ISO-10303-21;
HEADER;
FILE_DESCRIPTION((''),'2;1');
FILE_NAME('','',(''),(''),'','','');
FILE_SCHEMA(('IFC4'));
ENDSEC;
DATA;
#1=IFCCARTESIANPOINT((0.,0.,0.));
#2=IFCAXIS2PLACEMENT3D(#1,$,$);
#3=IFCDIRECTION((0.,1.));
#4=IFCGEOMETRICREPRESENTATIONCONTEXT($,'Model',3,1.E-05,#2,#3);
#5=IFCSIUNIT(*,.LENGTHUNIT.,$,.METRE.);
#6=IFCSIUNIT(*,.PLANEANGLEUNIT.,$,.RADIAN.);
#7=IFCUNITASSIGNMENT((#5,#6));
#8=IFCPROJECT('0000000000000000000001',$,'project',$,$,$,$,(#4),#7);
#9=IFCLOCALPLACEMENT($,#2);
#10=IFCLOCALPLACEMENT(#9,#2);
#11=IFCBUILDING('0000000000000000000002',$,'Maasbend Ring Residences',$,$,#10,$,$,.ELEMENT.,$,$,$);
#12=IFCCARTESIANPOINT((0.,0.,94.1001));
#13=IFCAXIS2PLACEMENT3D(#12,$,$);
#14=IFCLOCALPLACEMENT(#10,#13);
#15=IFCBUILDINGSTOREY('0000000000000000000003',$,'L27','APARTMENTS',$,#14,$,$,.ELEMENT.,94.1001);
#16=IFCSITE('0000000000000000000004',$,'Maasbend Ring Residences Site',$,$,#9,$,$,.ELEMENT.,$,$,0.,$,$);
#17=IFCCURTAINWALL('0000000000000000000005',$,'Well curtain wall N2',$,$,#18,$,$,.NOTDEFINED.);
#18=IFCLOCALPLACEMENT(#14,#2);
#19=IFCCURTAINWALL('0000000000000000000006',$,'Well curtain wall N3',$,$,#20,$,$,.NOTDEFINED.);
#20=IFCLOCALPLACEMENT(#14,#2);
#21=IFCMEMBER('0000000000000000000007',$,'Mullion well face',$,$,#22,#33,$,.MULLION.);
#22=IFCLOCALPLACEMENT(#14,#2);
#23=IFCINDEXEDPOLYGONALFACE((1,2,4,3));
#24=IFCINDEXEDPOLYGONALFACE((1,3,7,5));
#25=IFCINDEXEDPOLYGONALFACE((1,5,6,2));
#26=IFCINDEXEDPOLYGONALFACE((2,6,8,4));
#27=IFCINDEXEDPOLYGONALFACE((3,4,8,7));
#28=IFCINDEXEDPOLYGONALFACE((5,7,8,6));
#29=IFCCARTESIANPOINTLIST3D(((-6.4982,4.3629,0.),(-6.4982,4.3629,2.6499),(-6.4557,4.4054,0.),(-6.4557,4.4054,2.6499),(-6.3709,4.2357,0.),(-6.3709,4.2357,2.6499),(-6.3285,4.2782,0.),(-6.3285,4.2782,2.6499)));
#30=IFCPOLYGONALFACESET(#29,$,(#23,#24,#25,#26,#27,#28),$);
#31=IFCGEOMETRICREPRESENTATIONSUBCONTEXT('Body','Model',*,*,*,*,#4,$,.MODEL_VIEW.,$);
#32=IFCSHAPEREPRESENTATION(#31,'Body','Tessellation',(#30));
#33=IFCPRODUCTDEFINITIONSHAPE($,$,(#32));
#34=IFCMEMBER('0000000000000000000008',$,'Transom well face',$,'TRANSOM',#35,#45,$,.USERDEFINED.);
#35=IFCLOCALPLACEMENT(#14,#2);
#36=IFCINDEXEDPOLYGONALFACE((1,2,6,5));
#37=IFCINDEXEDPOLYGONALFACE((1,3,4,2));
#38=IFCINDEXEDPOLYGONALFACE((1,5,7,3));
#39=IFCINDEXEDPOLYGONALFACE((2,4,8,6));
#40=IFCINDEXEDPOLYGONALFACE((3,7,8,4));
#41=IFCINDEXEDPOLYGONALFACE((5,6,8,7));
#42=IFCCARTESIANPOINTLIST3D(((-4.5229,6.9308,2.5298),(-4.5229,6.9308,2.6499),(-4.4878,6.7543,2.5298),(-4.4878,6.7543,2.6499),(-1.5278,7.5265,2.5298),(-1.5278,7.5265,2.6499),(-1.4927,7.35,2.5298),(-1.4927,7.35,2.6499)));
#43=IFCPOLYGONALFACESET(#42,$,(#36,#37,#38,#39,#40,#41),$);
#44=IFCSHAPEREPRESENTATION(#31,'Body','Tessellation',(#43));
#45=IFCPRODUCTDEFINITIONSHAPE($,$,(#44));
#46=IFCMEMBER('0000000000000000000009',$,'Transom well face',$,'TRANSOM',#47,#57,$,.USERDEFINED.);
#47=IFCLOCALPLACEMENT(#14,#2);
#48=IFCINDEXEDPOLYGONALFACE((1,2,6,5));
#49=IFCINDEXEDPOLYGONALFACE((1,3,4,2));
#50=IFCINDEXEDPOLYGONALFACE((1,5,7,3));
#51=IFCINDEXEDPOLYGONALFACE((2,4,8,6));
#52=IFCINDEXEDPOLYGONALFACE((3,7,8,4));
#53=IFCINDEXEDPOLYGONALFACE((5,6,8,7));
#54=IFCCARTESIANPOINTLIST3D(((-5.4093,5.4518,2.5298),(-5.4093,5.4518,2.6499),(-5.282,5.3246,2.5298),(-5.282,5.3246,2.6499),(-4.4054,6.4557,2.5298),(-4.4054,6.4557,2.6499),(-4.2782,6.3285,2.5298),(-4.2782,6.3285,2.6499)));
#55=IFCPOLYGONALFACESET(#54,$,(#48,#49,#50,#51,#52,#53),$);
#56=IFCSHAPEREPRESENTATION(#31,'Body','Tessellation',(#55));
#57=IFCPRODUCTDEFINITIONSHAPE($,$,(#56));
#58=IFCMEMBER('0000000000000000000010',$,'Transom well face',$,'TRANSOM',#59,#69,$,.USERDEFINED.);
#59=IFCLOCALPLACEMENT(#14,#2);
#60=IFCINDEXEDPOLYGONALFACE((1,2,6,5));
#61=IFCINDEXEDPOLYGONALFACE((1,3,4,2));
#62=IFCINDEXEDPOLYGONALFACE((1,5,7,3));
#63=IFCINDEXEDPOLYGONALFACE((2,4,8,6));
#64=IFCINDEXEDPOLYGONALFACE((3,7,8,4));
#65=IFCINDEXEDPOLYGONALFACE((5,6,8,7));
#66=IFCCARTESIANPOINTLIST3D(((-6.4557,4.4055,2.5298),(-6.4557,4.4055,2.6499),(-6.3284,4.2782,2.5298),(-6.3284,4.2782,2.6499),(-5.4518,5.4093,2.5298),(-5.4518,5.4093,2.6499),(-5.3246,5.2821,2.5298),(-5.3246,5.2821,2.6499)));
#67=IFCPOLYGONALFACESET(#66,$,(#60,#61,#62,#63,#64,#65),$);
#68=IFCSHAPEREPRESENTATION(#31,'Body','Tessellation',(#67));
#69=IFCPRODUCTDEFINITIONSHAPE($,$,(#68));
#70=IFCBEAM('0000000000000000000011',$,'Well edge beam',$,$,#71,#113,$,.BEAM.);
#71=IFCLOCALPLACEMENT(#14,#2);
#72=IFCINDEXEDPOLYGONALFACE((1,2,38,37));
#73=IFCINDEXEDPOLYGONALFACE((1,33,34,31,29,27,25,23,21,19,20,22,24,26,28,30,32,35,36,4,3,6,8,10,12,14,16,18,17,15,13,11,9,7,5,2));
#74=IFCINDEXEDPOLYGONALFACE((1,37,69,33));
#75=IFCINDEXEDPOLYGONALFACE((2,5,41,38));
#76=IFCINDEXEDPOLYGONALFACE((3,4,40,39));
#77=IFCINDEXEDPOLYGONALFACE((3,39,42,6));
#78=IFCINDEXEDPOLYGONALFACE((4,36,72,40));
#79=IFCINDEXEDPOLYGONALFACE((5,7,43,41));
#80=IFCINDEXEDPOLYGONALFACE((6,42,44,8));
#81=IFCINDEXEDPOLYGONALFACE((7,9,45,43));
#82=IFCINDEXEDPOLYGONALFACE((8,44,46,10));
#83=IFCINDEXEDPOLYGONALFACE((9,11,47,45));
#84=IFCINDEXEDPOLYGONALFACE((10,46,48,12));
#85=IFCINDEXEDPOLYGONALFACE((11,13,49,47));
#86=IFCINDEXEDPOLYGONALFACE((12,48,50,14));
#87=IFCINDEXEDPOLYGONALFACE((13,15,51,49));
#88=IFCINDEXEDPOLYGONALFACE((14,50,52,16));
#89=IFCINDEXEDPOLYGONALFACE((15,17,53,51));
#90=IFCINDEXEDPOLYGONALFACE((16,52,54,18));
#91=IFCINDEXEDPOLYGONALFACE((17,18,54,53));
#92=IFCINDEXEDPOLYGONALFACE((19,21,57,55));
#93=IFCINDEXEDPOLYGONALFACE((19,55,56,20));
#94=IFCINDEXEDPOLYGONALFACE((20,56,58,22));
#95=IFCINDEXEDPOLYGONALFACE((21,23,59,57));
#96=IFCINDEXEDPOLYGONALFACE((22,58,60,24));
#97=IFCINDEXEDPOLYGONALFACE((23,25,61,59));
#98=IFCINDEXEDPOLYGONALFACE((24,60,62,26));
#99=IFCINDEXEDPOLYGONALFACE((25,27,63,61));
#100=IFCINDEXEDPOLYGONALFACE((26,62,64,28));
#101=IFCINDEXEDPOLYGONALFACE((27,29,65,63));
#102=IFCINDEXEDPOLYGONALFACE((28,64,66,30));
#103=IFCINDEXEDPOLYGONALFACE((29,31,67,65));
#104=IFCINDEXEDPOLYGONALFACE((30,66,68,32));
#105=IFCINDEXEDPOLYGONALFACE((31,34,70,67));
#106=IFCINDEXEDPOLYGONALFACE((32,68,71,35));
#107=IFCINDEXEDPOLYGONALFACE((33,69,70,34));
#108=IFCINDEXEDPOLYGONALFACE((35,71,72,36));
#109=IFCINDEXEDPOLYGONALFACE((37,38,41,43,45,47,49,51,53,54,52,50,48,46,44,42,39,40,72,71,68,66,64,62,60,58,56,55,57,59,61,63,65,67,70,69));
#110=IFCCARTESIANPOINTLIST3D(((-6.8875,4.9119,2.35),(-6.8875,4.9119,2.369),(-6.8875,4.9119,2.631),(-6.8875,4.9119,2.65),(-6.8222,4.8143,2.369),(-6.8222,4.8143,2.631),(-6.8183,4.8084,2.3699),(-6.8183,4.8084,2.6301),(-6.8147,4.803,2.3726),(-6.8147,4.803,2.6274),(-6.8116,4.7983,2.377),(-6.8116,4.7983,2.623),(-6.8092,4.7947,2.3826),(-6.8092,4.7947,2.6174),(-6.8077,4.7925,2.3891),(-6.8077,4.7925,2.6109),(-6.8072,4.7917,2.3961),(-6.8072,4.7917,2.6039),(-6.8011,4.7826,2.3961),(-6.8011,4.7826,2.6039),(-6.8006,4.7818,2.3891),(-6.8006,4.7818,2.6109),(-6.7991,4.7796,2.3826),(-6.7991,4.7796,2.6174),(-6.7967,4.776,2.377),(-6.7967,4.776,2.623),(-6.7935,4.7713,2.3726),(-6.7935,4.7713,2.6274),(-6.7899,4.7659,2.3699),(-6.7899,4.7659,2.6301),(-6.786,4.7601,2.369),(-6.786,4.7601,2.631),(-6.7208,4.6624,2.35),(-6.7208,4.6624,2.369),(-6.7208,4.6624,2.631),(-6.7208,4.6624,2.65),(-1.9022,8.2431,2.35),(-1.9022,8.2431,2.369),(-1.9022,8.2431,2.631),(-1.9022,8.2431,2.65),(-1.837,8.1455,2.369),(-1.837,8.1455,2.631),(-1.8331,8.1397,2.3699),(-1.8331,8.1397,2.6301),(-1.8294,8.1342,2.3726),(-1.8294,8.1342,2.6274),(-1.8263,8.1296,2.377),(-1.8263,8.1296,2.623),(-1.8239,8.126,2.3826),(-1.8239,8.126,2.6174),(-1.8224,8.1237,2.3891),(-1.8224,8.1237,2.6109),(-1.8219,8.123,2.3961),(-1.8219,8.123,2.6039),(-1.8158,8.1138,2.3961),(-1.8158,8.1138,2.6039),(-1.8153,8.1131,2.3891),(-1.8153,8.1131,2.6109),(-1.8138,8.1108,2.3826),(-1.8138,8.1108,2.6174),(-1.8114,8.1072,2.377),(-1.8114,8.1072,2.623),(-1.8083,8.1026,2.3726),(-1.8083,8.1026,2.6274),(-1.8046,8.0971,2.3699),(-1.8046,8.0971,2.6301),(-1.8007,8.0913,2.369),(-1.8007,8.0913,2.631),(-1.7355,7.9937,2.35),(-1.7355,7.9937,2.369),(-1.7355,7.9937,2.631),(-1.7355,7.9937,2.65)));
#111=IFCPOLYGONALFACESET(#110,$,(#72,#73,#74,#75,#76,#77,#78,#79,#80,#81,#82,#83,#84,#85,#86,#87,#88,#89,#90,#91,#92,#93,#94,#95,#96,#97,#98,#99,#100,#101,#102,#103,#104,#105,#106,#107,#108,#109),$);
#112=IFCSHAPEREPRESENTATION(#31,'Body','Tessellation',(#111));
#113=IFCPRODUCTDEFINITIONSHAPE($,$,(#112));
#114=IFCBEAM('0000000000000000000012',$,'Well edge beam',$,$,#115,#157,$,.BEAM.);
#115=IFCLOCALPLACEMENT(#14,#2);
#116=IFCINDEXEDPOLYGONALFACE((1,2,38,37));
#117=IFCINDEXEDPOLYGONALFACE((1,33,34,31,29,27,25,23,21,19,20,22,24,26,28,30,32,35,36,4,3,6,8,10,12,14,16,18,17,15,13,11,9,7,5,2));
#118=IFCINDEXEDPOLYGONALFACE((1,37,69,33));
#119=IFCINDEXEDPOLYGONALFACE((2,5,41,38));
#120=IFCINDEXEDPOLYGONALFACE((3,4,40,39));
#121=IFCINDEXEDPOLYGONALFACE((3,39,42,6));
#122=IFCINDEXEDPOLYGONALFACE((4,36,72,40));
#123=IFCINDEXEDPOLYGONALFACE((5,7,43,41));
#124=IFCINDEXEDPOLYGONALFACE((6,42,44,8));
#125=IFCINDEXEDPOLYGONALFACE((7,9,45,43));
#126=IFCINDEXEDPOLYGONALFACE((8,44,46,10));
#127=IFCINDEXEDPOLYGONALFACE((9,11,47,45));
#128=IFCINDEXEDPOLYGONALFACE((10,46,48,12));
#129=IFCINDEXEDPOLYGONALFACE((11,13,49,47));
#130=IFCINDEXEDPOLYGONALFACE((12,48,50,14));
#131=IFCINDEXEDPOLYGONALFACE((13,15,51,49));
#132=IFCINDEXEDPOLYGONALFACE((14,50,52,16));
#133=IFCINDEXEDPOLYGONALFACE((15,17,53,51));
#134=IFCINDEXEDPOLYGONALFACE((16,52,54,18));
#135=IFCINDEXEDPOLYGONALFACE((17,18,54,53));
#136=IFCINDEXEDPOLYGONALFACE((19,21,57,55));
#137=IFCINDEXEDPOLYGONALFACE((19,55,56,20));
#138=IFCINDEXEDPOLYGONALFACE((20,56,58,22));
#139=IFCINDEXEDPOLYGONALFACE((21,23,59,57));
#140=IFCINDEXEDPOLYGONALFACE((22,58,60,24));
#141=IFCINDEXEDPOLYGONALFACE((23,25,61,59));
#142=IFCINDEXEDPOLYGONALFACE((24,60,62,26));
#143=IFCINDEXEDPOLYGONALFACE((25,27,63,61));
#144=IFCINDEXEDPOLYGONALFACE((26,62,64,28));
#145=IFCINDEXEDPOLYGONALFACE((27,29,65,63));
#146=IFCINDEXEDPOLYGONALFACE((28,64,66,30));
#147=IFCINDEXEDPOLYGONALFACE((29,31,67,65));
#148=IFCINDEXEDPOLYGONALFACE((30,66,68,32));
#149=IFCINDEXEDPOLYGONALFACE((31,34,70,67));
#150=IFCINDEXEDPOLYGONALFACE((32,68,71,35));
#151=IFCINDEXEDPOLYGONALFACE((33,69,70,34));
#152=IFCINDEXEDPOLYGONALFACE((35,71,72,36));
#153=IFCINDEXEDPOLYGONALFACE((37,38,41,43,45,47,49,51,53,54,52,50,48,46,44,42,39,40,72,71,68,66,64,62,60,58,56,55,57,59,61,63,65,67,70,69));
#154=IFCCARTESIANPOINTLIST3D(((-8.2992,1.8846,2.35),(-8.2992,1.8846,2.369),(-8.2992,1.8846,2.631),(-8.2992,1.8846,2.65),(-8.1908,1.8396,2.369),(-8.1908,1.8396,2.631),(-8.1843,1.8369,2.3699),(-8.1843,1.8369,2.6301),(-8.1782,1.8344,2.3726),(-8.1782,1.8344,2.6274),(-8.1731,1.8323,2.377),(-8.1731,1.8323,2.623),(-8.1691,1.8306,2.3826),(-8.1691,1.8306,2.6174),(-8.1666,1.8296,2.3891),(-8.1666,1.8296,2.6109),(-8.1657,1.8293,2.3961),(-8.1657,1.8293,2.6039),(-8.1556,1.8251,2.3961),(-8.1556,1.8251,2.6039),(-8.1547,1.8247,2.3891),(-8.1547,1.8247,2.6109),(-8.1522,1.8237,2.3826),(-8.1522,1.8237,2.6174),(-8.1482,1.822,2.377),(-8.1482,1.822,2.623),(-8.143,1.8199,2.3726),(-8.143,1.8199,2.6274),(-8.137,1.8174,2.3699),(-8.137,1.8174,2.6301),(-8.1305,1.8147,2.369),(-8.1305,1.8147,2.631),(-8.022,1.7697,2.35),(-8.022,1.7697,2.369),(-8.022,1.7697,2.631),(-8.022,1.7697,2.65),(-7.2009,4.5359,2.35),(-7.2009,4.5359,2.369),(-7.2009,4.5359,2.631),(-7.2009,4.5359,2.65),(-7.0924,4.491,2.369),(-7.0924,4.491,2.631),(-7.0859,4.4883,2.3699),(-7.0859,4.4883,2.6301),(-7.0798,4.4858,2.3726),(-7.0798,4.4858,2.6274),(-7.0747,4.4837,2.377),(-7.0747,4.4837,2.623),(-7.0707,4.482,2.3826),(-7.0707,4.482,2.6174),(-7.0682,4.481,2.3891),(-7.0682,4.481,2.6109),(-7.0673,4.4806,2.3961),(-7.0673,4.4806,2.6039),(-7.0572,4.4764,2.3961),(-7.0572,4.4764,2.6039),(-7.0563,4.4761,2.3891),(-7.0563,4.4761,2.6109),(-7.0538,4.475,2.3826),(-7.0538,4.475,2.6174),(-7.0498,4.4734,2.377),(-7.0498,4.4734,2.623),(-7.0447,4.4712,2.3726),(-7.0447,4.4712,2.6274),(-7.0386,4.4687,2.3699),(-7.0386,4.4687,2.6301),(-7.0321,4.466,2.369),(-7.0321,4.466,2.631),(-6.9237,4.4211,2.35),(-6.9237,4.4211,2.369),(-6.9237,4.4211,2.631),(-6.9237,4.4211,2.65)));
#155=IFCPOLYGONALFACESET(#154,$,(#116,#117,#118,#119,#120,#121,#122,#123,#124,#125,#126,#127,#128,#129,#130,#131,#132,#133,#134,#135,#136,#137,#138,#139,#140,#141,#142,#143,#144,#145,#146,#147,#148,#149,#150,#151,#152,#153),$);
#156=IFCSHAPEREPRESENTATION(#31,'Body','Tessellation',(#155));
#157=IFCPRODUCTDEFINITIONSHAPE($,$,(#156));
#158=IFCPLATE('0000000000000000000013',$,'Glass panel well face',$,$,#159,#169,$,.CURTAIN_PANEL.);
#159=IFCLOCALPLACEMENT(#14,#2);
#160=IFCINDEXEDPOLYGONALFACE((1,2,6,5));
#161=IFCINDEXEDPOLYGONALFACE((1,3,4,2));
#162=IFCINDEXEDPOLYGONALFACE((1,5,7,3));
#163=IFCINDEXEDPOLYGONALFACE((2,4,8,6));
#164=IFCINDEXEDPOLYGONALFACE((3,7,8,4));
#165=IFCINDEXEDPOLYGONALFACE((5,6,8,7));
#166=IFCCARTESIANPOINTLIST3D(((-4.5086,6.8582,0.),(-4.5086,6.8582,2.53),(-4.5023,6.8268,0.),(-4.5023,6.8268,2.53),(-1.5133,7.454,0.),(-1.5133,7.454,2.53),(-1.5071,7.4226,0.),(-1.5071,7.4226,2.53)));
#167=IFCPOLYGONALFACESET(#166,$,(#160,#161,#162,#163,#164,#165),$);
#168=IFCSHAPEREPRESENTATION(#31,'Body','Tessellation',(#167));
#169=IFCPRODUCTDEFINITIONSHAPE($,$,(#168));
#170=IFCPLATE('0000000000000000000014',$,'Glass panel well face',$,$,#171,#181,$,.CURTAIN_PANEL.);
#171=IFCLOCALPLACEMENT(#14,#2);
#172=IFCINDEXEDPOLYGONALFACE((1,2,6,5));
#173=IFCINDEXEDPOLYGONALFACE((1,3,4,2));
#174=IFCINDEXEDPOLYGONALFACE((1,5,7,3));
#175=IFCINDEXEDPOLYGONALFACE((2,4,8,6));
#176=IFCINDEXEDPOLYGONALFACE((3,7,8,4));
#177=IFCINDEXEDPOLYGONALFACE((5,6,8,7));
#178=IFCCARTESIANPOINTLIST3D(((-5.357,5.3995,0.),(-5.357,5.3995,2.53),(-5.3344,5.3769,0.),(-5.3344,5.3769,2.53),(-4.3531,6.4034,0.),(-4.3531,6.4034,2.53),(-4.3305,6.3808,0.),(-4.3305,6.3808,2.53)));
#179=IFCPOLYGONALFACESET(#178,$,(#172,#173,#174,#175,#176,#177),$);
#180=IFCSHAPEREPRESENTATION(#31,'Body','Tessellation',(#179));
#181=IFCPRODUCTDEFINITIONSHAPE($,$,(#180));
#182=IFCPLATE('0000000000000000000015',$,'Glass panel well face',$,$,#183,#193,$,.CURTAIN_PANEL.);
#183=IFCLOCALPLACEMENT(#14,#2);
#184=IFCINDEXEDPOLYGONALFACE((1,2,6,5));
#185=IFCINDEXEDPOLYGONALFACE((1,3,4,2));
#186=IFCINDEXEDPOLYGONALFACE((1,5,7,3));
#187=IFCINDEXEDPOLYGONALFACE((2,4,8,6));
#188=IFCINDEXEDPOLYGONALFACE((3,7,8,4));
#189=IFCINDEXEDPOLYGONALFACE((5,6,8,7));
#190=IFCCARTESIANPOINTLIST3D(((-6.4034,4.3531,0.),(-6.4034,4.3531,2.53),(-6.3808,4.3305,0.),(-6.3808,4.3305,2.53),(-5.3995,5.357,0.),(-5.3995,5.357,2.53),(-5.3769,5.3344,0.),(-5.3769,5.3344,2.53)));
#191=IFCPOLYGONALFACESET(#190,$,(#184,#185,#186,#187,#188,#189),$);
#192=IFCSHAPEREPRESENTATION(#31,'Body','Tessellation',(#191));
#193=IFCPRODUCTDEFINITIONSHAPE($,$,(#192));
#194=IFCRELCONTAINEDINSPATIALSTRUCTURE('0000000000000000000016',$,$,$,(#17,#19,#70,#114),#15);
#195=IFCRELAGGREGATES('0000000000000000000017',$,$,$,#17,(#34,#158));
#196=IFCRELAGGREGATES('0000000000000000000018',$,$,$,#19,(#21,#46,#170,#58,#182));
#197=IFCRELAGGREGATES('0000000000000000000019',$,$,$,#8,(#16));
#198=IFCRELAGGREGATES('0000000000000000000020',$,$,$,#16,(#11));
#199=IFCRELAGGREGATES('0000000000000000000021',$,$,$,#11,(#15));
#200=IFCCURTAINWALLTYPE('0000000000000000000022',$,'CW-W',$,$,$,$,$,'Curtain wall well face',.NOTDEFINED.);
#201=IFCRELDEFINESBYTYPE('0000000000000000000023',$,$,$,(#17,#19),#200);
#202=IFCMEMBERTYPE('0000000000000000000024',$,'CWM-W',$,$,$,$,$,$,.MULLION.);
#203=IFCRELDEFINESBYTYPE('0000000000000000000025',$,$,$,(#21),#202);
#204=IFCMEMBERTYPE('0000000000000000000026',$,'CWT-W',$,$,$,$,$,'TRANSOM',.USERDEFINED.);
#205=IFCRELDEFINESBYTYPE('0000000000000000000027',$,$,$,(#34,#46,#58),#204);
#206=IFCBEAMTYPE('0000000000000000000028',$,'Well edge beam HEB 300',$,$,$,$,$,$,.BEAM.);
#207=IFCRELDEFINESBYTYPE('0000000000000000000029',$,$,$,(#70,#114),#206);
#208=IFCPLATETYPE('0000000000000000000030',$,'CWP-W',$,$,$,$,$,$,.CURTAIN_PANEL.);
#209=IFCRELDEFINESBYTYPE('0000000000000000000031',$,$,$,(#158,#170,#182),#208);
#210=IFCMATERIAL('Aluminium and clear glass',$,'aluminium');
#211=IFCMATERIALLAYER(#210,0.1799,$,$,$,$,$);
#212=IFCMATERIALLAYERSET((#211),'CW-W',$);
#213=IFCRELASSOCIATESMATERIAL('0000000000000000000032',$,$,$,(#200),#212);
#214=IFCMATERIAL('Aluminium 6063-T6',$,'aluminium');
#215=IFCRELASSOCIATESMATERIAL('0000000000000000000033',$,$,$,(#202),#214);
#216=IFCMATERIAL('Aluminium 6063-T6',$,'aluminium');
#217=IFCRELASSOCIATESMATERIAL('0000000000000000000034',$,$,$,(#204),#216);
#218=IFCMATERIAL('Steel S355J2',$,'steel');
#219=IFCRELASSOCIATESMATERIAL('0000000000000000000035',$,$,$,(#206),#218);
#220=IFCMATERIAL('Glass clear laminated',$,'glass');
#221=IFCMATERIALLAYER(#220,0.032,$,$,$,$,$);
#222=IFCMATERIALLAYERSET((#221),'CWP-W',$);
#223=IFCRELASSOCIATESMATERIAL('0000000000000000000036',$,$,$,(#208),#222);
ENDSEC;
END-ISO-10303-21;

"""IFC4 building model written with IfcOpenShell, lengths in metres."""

from ifc_helpers import new_model, si_unit, direction, frame, origin, origin_2d, place, context, subcontext, project, spatial, rectangle, i_section, extrude, material, layer, layer_set, material_profile, profile_set, type_object, element, aggregate, save


model = new_model("IFC4")

# Units and contexts
model_context = context("Model", 3, precision=1e-05, world=origin(), true_north=direction((0.0, 1.0)))
body_context = subcontext(model_context, "Body", "Model", "MODEL_VIEW")
ifc_project = project(units=[si_unit("LENGTHUNIT", "METRE"), si_unit("PLANEANGLEUNIT", "RADIAN")], contexts=[model_context])

# Site, building, storey
site_placement = place(None, origin())
site = spatial("IfcSite", under=ifc_project, at=site_placement, Name="Maasbend Ring Residences Site", CompositionType="ELEMENT", RefElevation=0.0)
building_placement = place(site_placement, origin())
building = spatial("IfcBuilding", under=site, at=building_placement, Name="Maasbend Ring Residences", CompositionType="ELEMENT")
storey_placement = place(building_placement, frame((0.0, 0.0, 94.1001)))
storey = spatial("IfcBuildingStorey", under=building, at=storey_placement, Name="L27", Description="APARTMENTS", CompositionType="ELEMENT", Elevation=94.1001)

# Curtain walls, member
ifc_material_1 = material(Name="Aluminium and clear glass", Category="aluminium")
ifc_layer_1 = layer(ifc_material_1, 0.1799)
ifc_layer_set_1 = layer_set([ifc_layer_1], Name="CW-W")
curtain_wall_type = type_object("IfcCurtainWallType", Name="CW-W", ElementType="Curtain wall well face", PredefinedType="NOTDEFINED", material=ifc_layer_set_1)
curtain_wall_1_placement = place(storey_placement, origin())
curtain_wall_1 = element("IfcCurtainWall", 1, at=curtain_wall_1_placement, inside=storey, type_object=curtain_wall_type, Name="Well curtain wall N2", PredefinedType="NOTDEFINED")
ifc_material_2 = material(Name="Aluminium 6063-T6", Category="aluminium")
ifc_material_profile_1 = material_profile(ifc_material_2, rectangle(XDim=0.1799, YDim=0.0601, at=origin_2d()), Name="AL 180x60")
ifc_profile_set_1 = profile_set([ifc_material_profile_1], Name="Aluminium 6063-T6")
member_type_1 = type_object("IfcMemberType", Name="CWM-W", PredefinedType="MULLION", material=ifc_profile_set_1)
curtain_wall_2_placement = place(storey_placement, origin())
curtain_wall_2 = element("IfcCurtainWall", 2, at=curtain_wall_2_placement, inside=storey, type_object=curtain_wall_type, Name="Well curtain wall N3", PredefinedType="NOTDEFINED")
member_1_placement = place(storey_placement, frame((-6.4133, 4.3206, 0.0), z_axis=(0.0, 0.0, 1.0), x_axis=(0.707107, -0.707107, 0.0)))
member_1 = element("IfcMember", 3, at=member_1_placement, type_object=member_type_1, Name="Mullion well face", PredefinedType="MULLION", context=body_context, shape_type="SweptSolid", body=[
    extrude(rectangle(XDim=0.1799, YDim=0.0601, at=origin_2d()), origin(), (0.0, 0.0, 1.0), 2.6499),
])

# Members
ifc_material_3 = material(Name="Aluminium 6063-T6", Category="aluminium")
ifc_material_profile_2 = material_profile(ifc_material_3, rectangle(XDim=0.1799, YDim=0.1201, at=origin_2d()), Name="AL 180x120")
ifc_profile_set_2 = profile_set([ifc_material_profile_2], Name="Aluminium 6063-T6")
member_type_2 = type_object("IfcMemberType", Name="CWT-W", ElementType="TRANSOM", PredefinedType="USERDEFINED", material=ifc_profile_set_2)
member_2_placement = place(storey_placement, frame((-1.5103, 7.4382, 2.5898), z_axis=(-0.980789, -0.195071, 0.0), x_axis=(0.195071, -0.980789, 0.0)))
member_2 = element("IfcMember", 4, at=member_2_placement, type_object=member_type_2, Name="Transom well face", ObjectType="TRANSOM", PredefinedType="USERDEFINED", context=body_context, shape_type="SweptSolid", body=[
    extrude(rectangle(XDim=0.1799, YDim=0.1201, at=origin_2d()), origin(), (0.0, 0.0, 1.0), 3.0537),
])
member_3_placement = place(storey_placement, frame((-4.3418, 6.3921, 2.5898), z_axis=(-0.707107, -0.707107, 0.0), x_axis=(0.707107, -0.707107, 0.0)))
member_3 = element("IfcMember", 5, at=member_3_placement, type_object=member_type_2, Name="Transom well face", ObjectType="TRANSOM", PredefinedType="USERDEFINED", context=body_context, shape_type="SweptSolid", body=[
    extrude(rectangle(XDim=0.1799, YDim=0.1201, at=origin_2d()), origin(), (0.0, 0.0, 1.0), 1.4197),
])
member_4_placement = place(storey_placement, frame((-5.3882, 5.3457, 2.5898), z_axis=(-0.707107, -0.707107, 0.0), x_axis=(0.707107, -0.707107, 0.0)))
member_4 = element("IfcMember", 6, at=member_4_placement, type_object=member_type_2, Name="Transom well face", ObjectType="TRANSOM", PredefinedType="USERDEFINED", context=body_context, shape_type="SweptSolid", body=[
    extrude(rectangle(XDim=0.1799, YDim=0.1201, at=origin_2d()), origin(), (0.0, 0.0, 1.0), 1.4197),
])

# Beams
ifc_material_4 = material(Name="Steel S355J2", Category="steel")
ifc_material_profile_3 = material_profile(ifc_material_4, i_section(OverallWidth=0.3, OverallDepth=0.3, WebThickness=0.011, FlangeThickness=0.019, FilletRadius=0.0271, at=origin_2d()), Name="HEB 300")
ifc_profile_set_3 = profile_set([ifc_material_profile_3], Name="Steel S355J2")
beam_type = type_object("IfcBeamType", Name="Well edge beam HEB 300", PredefinedType="BEAM", material=ifc_profile_set_3)
beam_1_placement = place(storey_placement, frame((-1.8188, 8.1184, 2.5), z_axis=(-0.831455, -0.555593, 0.0), x_axis=(0.555593, -0.831455, 0.0)))
element("IfcBeam", 7, at=beam_1_placement, inside=storey, type_object=beam_type, Name="Well edge beam", PredefinedType="BEAM", context=body_context, shape_type="SweptSolid", body=[
    extrude(i_section(OverallWidth=0.3, OverallDepth=0.3, WebThickness=0.011, FlangeThickness=0.019, FilletRadius=0.0271, at=origin_2d()), origin(), (0.0, 0.0, 1.0), 5.9958),
])
beam_2_placement = place(storey_placement, frame((-7.0623, 4.4785, 2.5), z_axis=(-0.38273, -0.92386, 0.0), x_axis=(0.92386, -0.38273, 0.0)))
element("IfcBeam", 8, at=beam_2_placement, inside=storey, type_object=beam_type, Name="Well edge beam", PredefinedType="BEAM", context=body_context, shape_type="SweptSolid", body=[
    extrude(i_section(OverallWidth=0.3, OverallDepth=0.3, WebThickness=0.011, FlangeThickness=0.019, FilletRadius=0.0271, at=origin_2d()), origin(), (0.0, 0.0, 1.0), 2.8699),
])

# Plates
ifc_material_5 = material(Name="Glass clear laminated", Category="glass")
ifc_layer_2 = layer(ifc_material_5, 0.032)
ifc_layer_set_2 = layer_set([ifc_layer_2], Name="CWP-W")
plate_type = type_object("IfcPlateType", Name="CWP-W", PredefinedType="CURTAIN_PANEL", material=ifc_layer_set_2)
plate_1_placement = place(storey_placement, frame((-3.0078, 7.1404, 0.0), z_axis=(0.0, 0.0, 1.0), x_axis=(-0.980785, -0.19509, 0.0)))
plate_1 = element("IfcPlate", 9, at=plate_1_placement, type_object=plate_type, Name="Glass panel well face", PredefinedType="CURTAIN_PANEL", context=body_context, shape_type="SweptSolid", body=[
    extrude(rectangle(XDim=3.054, YDim=0.032, at=origin_2d()), origin(), (0.0, 0.0, 1.0), 2.53),
])
aggregate(curtain_wall_1, [member_2, plate_1])
plate_2_placement = place(storey_placement, frame((-4.8438, 5.8901, 0.0), z_axis=(0.0, 0.0, 1.0), x_axis=(-0.707107, -0.707107, 0.0)))
plate_2 = element("IfcPlate", 10, at=plate_2_placement, type_object=plate_type, Name="Glass panel well face", PredefinedType="CURTAIN_PANEL", context=body_context, shape_type="SweptSolid", body=[
    extrude(rectangle(XDim=1.4197, YDim=0.032, at=origin_2d()), origin(), (0.0, 0.0, 1.0), 2.53),
])
plate_3_placement = place(storey_placement, frame((-5.8901, 4.8438, 0.0), z_axis=(0.0, 0.0, 1.0), x_axis=(-0.707107, -0.707107, 0.0)))
plate_3 = element("IfcPlate", 11, at=plate_3_placement, type_object=plate_type, Name="Glass panel well face", PredefinedType="CURTAIN_PANEL", context=body_context, shape_type="SweptSolid", body=[
    extrude(rectangle(XDim=1.4197, YDim=0.032, at=origin_2d()), origin(), (0.0, 0.0, 1.0), 2.53),
])
aggregate(curtain_wall_2, [member_1, member_3, plate_2, member_4, plate_3])

save(model, "model.ifc")
